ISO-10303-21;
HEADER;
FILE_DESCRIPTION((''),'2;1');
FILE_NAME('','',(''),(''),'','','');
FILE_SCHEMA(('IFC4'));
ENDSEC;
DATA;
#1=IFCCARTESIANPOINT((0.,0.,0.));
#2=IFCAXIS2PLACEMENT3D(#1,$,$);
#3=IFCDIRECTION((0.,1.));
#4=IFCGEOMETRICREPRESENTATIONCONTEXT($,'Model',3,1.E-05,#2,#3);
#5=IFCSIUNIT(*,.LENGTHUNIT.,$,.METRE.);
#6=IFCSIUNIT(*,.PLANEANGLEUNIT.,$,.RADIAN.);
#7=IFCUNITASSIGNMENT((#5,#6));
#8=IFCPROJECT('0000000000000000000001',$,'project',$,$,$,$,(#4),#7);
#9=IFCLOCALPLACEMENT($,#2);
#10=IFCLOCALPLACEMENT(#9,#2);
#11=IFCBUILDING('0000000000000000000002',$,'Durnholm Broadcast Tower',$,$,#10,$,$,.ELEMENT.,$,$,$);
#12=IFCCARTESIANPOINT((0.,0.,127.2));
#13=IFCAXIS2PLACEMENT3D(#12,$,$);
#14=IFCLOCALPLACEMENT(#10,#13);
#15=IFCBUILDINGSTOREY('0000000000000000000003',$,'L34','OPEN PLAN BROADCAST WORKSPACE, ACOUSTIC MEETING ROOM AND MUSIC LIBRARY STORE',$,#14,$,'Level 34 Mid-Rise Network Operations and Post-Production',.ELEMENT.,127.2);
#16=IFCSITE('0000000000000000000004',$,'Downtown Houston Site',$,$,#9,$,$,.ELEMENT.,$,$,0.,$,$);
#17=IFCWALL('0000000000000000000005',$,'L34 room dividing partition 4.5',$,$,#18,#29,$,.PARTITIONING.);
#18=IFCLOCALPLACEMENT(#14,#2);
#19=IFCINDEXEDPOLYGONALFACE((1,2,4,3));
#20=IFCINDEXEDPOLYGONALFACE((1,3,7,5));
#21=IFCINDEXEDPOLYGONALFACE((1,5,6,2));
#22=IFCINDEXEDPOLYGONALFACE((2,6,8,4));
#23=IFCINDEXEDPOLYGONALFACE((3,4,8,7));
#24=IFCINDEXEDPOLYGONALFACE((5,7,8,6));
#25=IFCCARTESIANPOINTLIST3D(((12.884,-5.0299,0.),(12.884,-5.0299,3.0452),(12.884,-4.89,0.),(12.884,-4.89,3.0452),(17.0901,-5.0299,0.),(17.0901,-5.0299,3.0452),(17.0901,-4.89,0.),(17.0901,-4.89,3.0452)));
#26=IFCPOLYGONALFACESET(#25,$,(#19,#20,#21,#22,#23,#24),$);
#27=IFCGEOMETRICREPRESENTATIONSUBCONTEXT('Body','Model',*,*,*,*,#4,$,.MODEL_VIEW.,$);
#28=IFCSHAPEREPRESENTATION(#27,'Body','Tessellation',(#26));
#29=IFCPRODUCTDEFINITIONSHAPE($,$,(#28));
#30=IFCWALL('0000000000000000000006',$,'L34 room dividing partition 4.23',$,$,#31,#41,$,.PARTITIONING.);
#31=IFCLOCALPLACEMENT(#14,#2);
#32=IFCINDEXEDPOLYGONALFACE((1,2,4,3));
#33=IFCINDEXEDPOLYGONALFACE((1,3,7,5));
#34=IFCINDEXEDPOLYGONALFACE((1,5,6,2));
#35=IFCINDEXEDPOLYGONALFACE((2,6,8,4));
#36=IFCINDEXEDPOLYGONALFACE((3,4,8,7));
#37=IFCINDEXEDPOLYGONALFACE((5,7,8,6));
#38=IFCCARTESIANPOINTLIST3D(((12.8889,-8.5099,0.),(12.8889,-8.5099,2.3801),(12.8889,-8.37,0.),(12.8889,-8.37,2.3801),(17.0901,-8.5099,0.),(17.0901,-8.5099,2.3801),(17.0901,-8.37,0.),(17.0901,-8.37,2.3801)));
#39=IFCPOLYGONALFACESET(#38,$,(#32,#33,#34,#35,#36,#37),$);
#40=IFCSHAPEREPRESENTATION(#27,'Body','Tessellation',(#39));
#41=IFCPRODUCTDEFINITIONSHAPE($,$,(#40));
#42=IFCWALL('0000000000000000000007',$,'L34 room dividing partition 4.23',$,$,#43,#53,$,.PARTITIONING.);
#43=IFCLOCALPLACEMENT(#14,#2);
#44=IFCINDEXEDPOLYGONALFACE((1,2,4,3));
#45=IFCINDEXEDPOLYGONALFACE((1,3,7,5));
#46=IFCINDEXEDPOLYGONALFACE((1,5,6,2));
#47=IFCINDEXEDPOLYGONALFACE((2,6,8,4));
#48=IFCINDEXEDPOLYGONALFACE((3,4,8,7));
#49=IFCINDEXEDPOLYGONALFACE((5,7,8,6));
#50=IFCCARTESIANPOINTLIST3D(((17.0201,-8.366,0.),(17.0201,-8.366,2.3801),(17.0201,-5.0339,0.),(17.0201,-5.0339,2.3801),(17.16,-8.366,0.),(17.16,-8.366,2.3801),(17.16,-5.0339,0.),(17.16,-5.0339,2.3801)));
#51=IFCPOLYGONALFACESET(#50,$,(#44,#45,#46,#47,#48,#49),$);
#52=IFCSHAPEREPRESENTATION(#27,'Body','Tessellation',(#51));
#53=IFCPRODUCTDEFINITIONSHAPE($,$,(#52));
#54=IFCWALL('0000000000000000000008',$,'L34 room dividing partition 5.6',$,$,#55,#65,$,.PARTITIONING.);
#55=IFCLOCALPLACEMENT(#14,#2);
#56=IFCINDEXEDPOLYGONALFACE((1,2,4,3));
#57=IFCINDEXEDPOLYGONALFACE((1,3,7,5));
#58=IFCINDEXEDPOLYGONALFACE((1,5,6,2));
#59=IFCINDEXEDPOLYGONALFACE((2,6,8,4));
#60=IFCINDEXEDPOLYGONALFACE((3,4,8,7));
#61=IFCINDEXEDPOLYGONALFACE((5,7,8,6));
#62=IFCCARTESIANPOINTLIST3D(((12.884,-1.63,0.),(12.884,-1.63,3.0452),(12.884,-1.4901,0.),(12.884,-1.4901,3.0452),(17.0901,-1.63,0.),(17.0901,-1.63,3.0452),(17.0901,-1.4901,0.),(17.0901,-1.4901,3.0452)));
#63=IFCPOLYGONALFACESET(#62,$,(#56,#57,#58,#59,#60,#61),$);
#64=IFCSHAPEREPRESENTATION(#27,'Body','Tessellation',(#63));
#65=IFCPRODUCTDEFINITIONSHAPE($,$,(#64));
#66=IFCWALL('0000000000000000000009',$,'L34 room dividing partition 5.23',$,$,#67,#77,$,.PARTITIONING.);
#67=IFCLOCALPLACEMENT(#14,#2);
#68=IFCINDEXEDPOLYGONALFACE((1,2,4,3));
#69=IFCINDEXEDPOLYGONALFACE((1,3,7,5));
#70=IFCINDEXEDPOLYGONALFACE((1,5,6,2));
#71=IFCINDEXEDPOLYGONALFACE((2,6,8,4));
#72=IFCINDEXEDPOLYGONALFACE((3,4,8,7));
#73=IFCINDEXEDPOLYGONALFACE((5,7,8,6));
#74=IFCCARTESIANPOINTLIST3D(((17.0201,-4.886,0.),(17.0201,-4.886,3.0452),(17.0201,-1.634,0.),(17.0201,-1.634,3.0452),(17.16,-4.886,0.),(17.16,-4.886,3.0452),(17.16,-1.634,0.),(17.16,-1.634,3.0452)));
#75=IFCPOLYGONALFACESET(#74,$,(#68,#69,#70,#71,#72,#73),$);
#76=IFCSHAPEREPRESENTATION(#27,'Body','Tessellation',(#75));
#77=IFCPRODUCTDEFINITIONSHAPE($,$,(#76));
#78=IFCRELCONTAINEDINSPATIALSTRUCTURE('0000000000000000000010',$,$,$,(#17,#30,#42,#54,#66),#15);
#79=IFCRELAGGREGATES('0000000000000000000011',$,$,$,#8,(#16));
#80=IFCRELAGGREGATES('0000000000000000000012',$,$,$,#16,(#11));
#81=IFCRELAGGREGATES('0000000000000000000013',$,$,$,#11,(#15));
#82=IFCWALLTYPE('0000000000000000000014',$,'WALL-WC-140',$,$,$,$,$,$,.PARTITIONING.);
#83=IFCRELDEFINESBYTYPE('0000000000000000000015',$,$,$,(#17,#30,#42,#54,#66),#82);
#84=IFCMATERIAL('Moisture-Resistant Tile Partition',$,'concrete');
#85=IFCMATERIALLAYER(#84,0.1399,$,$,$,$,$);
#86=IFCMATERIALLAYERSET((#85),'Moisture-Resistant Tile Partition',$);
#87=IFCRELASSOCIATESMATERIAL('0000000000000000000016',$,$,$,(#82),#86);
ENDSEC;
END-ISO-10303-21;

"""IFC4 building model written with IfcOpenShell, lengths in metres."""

from ifc_helpers import new_model, si_unit, direction, frame, frame_2d, origin, place, context, subcontext, project, spatial, rectangle, extrude, material, layer, layer_set, type_object, element, save


model = new_model("IFC4")

# Units and contexts
model_context = context("Model", 3, precision=1e-05, world=origin(), true_north=direction((0.0, 1.0)))
body_context = subcontext(model_context, "Body", "Model", "MODEL_VIEW")
ifc_project = project(units=[si_unit("LENGTHUNIT", "METRE"), si_unit("PLANEANGLEUNIT", "RADIAN")], contexts=[model_context])

# Site, building, storey
site_placement = place(None, origin())
site = spatial("IfcSite", under=ifc_project, at=site_placement, Name="Downtown Houston Site", CompositionType="ELEMENT", RefElevation=0.0)
building_placement = place(site_placement, origin())
building = spatial("IfcBuilding", under=site, at=building_placement, Name="Durnholm Broadcast Tower", CompositionType="ELEMENT")
storey_placement = place(building_placement, frame((0.0, 0.0, 127.2)))
storey = spatial("IfcBuildingStorey", under=building, at=storey_placement, Name="L34", Description="OPEN PLAN BROADCAST WORKSPACE, ACOUSTIC MEETING ROOM AND MUSIC LIBRARY STORE", LongName="Level 34 Mid-Rise Network Operations and Post-Production", CompositionType="ELEMENT", Elevation=127.2)

# Shared definitions
ifc_material_1 = material(Name="Moisture-Resistant Tile Partition", Category="concrete")
ifc_layer_1 = layer(ifc_material_1, 0.1399)
ifc_layer_set_1 = layer_set([ifc_layer_1], Name="Moisture-Resistant Tile Partition")
wall_type_1 = type_object("IfcWallType", Name="WALL-WC-140", PredefinedType="PARTITIONING", material=ifc_layer_set_1)

# Walls
wall_1_placement = place(storey_placement, frame((12.884, -4.96, 0.0), z_axis=(0.0, 0.0, 1.0), x_axis=(1.0, 0.0, 0.0)))
element("IfcWall", 1, at=wall_1_placement, inside=storey, type_object=wall_type_1, Name="L34 room dividing partition 4.5", PredefinedType="PARTITIONING", context=body_context, shape_type="SweptSolid", body=[
    extrude(rectangle(XDim=4.2061, YDim=0.1399, at=frame_2d((2.103, 0.0))), origin(), (0.0, 0.0, 1.0), 3.0452),
])
wall_2_placement = place(storey_placement, frame((17.0901, -8.4399, 0.0), z_axis=(0.0, 0.0, 1.0), x_axis=(-1.0, 0.0, 0.0)))
element("IfcWall", 2, at=wall_2_placement, inside=storey, type_object=wall_type_1, Name="L34 room dividing partition 4.23", PredefinedType="PARTITIONING", context=body_context, shape_type="SweptSolid", body=[
    extrude(rectangle(XDim=4.2012, YDim=0.1399, at=frame_2d((2.1006, 0.0))), origin(), (0.0, 0.0, 1.0), 2.3801),
])
wall_3_placement = place(storey_placement, frame((17.0901, -5.0339, 0.0), z_axis=(0.0, 0.0, 1.0), x_axis=(0.0, -1.0, 0.0)))
element("IfcWall", 3, at=wall_3_placement, inside=storey, type_object=wall_type_1, Name="L34 room dividing partition 4.23", PredefinedType="PARTITIONING", context=body_context, shape_type="SweptSolid", body=[
    extrude(rectangle(XDim=3.332, YDim=0.1399, at=frame_2d((1.666, 0.0))), origin(), (0.0, 0.0, 1.0), 2.3801),
])
wall_4_placement = place(storey_placement, frame((12.884, -1.5601, 0.0), z_axis=(0.0, 0.0, 1.0), x_axis=(1.0, 0.0, 0.0)))
element("IfcWall", 4, at=wall_4_placement, inside=storey, type_object=wall_type_1, Name="L34 room dividing partition 5.6", PredefinedType="PARTITIONING", context=body_context, shape_type="SweptSolid", body=[
    extrude(rectangle(XDim=4.2061, YDim=0.1399, at=frame_2d((2.103, 0.0))), origin(), (0.0, 0.0, 1.0), 3.0452),
])
wall_5_placement = place(storey_placement, frame((17.0901, -1.634, 0.0), z_axis=(0.0, 0.0, 1.0), x_axis=(0.0, -1.0, 0.0)))
element("IfcWall", 5, at=wall_5_placement, inside=storey, type_object=wall_type_1, Name="L34 room dividing partition 5.23", PredefinedType="PARTITIONING", context=body_context, shape_type="SweptSolid", body=[
    extrude(rectangle(XDim=3.252, YDim=0.1399, at=frame_2d((1.626, 0.0))), origin(), (0.0, 0.0, 1.0), 3.0452),
])

save(model, "model.ifc")
